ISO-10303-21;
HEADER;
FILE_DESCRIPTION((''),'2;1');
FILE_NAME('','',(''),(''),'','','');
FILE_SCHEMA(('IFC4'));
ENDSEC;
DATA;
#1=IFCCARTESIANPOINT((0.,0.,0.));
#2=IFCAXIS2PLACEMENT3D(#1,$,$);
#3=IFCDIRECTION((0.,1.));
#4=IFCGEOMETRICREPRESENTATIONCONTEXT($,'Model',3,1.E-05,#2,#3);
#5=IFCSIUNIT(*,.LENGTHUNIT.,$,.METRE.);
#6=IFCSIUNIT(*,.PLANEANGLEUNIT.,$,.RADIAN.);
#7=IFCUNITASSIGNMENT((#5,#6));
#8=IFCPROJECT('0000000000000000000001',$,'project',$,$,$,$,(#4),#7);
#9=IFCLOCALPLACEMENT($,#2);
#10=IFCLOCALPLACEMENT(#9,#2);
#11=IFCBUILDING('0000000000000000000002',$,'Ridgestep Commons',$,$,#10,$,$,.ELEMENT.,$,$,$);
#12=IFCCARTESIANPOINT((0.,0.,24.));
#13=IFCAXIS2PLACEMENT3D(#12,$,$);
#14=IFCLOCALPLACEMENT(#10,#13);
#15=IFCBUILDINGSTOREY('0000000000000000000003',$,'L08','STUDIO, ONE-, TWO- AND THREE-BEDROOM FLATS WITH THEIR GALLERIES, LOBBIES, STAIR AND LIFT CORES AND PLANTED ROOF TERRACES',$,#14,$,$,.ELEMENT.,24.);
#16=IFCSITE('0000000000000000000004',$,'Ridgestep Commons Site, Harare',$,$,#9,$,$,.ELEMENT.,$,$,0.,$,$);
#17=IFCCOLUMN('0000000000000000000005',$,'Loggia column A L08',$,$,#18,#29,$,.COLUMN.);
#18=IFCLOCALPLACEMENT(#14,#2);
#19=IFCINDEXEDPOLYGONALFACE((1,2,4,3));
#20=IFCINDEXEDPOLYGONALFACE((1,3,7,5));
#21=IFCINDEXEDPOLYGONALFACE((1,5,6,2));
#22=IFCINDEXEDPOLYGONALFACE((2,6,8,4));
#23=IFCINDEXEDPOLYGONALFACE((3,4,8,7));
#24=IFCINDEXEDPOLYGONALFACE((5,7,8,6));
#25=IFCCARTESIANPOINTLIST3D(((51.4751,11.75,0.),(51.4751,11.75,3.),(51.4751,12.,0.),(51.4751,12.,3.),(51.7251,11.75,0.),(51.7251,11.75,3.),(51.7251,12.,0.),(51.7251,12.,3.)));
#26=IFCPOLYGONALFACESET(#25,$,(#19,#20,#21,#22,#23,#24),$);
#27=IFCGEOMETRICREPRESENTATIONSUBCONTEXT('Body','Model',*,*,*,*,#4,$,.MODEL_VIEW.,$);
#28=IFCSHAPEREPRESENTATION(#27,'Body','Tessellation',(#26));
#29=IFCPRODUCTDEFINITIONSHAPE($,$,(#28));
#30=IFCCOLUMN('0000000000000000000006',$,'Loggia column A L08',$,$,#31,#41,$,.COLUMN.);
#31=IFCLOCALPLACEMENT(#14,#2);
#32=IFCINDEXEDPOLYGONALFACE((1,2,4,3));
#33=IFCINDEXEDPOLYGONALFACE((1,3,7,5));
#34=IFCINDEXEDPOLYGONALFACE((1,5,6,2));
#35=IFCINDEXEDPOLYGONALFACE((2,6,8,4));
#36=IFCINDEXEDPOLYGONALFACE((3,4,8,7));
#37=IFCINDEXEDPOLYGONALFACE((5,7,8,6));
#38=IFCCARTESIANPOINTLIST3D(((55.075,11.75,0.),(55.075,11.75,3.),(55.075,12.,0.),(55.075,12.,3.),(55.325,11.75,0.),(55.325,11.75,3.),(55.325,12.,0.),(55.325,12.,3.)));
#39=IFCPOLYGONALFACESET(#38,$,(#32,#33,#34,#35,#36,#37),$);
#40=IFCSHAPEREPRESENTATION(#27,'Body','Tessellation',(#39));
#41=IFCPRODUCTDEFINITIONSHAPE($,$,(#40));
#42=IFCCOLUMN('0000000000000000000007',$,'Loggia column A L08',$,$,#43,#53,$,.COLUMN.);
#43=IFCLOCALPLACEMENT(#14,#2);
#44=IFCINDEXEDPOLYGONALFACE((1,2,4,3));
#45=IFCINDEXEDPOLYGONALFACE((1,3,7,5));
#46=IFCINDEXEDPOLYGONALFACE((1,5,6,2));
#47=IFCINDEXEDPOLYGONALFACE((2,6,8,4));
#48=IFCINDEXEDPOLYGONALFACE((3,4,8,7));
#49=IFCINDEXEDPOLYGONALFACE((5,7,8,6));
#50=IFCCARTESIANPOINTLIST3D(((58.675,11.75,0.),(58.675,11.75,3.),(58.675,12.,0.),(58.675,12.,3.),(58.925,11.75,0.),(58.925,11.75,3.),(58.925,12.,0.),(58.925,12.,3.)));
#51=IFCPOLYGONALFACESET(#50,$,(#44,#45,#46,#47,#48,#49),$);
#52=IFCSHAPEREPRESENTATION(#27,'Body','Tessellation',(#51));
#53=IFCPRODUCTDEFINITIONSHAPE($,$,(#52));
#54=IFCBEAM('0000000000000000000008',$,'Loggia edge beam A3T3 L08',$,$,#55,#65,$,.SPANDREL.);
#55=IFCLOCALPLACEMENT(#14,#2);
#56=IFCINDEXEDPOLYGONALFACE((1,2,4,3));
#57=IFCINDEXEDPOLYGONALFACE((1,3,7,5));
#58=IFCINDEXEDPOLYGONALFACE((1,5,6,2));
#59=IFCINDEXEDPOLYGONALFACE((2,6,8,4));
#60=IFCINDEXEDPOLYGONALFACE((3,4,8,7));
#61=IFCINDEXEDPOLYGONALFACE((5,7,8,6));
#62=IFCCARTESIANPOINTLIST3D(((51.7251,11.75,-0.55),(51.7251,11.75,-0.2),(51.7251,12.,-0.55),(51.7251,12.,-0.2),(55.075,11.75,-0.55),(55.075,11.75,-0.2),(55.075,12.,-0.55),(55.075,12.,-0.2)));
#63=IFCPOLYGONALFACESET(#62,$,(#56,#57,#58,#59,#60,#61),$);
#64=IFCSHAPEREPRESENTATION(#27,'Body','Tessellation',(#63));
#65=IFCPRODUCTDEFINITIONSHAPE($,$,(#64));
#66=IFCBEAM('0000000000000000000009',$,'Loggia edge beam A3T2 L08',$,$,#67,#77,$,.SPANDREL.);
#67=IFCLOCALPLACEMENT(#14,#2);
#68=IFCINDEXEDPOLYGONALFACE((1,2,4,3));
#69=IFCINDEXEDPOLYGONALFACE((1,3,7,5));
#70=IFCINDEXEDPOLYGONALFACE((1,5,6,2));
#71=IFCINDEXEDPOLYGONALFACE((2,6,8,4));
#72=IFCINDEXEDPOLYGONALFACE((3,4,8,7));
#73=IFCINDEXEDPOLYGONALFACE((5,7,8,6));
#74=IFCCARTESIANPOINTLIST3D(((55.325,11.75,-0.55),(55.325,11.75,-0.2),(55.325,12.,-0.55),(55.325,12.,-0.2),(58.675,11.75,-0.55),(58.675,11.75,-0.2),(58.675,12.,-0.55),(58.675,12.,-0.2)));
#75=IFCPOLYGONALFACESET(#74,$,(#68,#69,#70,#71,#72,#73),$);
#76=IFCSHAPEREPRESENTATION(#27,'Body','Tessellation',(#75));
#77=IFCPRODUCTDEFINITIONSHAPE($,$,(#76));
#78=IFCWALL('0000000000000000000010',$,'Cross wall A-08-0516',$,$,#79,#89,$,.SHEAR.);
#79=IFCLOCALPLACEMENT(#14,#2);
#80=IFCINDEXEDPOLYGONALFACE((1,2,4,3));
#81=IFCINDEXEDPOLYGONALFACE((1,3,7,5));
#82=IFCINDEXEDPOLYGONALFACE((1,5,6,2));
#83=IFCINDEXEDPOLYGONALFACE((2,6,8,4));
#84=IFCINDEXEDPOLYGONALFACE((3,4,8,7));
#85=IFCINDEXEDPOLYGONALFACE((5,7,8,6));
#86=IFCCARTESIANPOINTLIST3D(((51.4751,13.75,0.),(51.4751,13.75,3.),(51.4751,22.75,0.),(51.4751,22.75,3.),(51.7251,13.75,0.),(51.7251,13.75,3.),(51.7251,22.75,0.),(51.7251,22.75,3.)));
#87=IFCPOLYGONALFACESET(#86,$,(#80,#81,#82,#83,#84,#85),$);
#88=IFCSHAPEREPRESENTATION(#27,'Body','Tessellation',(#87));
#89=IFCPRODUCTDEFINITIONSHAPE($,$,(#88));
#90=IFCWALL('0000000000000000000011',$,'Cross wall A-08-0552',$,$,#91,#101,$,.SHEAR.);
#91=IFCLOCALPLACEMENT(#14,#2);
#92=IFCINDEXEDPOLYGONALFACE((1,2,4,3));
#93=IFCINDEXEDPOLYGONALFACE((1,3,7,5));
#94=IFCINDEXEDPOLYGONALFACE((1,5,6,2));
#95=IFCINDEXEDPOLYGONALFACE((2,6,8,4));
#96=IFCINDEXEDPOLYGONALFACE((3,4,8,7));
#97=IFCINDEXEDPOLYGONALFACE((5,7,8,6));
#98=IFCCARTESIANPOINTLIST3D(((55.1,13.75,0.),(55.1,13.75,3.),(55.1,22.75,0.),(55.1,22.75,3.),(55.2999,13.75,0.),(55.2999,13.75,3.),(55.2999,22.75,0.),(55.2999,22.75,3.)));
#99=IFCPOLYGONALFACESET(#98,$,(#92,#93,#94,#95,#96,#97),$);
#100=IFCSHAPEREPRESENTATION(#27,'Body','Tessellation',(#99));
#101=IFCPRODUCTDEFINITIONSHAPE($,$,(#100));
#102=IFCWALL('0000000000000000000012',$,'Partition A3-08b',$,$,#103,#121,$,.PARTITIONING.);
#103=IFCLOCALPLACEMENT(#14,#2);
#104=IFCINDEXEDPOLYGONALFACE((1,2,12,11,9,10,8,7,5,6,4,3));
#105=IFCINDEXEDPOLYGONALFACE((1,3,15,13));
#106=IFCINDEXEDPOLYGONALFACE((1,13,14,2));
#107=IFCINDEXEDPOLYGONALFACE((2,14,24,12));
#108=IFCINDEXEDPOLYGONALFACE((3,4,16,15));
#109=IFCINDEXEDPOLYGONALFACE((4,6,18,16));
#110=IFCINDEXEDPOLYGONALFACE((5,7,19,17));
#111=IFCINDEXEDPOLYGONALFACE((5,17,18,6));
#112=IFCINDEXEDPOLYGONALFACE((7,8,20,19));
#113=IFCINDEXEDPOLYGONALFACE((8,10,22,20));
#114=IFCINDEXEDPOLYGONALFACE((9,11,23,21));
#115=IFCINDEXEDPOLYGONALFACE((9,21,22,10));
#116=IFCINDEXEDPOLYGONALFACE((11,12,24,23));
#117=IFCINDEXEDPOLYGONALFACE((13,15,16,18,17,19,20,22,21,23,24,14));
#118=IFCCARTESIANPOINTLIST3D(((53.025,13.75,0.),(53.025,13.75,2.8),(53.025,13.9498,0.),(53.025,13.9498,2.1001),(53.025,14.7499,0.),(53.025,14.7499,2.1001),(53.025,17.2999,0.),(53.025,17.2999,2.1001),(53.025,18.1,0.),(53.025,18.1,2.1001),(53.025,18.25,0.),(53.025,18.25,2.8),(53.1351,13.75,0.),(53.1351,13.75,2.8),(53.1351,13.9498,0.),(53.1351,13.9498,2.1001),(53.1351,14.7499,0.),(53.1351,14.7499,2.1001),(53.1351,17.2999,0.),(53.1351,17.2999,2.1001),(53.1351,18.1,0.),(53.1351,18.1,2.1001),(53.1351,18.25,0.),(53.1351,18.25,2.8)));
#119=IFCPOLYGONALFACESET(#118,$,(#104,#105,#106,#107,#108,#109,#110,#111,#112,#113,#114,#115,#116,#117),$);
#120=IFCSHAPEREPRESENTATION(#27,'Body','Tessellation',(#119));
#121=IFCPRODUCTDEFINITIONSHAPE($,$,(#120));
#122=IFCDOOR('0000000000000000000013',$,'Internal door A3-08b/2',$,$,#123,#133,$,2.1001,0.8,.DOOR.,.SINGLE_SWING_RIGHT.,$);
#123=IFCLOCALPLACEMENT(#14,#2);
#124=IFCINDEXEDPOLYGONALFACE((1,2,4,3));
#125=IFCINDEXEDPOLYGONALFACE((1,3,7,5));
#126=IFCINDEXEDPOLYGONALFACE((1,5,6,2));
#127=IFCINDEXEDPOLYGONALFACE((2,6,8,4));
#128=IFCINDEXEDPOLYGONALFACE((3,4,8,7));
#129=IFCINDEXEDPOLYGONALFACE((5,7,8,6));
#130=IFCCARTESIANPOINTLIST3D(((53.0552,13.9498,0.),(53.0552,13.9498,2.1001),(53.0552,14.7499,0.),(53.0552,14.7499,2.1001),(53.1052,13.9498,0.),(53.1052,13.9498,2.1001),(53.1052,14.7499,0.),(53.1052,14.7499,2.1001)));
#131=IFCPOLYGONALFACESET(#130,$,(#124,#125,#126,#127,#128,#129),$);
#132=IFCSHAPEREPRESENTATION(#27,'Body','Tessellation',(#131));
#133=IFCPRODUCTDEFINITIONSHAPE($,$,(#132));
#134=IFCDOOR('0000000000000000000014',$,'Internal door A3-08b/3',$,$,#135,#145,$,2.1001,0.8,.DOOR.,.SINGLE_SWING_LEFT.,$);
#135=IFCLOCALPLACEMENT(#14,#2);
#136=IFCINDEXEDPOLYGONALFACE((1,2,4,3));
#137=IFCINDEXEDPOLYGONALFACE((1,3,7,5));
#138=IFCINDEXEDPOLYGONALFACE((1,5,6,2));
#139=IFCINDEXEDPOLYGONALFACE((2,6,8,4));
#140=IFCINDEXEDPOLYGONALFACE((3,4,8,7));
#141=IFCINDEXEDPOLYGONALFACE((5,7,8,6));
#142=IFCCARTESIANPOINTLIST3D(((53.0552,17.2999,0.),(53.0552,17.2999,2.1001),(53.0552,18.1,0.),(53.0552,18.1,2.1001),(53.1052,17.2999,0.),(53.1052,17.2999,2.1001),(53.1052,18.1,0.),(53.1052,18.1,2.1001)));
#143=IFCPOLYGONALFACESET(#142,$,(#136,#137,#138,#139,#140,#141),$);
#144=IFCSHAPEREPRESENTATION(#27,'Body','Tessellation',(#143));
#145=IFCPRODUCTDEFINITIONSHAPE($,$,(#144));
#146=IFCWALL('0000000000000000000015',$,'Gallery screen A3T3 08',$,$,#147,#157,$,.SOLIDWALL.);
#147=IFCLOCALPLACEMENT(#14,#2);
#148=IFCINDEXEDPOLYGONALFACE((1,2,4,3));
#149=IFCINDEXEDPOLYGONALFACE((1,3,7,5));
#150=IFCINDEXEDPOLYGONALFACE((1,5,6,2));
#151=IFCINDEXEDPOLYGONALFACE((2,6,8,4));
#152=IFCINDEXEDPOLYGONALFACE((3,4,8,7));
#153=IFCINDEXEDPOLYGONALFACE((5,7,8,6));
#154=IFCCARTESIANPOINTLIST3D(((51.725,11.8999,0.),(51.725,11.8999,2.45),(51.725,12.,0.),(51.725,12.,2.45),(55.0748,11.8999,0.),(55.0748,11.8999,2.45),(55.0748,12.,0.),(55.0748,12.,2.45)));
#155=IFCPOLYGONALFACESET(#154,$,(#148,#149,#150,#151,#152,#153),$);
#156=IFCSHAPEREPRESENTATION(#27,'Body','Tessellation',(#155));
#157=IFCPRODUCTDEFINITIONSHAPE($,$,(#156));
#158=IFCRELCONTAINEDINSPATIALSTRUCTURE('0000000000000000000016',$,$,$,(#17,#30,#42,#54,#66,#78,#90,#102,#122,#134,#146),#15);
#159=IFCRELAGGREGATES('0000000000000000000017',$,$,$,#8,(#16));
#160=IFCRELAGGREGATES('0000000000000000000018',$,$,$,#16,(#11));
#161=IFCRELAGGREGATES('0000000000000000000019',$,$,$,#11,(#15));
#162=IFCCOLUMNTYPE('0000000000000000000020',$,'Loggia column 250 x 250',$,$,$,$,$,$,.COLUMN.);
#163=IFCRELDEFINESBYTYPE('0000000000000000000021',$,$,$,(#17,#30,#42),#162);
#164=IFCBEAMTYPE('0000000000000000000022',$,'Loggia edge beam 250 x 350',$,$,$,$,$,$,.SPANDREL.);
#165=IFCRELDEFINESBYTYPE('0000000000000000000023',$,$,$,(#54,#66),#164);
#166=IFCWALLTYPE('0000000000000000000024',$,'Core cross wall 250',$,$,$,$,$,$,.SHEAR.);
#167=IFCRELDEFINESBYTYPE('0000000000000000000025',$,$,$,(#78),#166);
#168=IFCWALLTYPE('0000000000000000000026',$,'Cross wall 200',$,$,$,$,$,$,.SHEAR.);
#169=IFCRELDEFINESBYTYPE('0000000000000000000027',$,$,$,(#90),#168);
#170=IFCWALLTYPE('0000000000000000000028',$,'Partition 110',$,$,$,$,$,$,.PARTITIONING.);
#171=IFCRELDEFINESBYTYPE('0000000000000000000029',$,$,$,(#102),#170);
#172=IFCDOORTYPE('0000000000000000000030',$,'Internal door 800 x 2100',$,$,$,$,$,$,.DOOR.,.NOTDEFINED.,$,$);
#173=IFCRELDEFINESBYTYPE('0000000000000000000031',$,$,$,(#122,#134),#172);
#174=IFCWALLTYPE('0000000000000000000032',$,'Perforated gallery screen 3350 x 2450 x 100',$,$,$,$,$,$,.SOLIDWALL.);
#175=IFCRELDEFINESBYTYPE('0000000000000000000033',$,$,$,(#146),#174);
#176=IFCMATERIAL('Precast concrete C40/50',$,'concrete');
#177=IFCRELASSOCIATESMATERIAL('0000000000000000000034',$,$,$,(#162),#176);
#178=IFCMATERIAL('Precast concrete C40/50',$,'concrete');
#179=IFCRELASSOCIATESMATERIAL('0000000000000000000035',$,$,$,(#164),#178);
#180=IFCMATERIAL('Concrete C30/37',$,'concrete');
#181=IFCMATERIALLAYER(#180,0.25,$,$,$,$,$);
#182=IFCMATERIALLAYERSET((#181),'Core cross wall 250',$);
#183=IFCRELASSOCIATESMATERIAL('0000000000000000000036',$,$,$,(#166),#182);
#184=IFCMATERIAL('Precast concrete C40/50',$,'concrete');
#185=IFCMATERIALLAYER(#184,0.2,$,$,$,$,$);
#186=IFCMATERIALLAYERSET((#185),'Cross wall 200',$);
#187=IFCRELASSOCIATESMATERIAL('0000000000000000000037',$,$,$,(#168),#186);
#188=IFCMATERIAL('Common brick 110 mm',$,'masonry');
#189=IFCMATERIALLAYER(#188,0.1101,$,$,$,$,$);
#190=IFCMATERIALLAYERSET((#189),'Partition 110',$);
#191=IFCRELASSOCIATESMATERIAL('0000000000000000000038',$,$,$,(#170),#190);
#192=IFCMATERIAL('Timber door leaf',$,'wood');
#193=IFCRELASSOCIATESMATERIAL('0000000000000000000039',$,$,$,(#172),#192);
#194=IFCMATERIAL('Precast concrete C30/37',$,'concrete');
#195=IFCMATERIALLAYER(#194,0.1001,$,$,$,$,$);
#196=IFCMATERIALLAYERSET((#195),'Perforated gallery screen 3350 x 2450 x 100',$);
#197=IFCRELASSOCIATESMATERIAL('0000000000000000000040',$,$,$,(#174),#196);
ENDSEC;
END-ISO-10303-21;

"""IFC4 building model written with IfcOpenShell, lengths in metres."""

from ifc_helpers import new_model, si_unit, direction, frame, frame_2d, origin, origin_2d, place, context, subcontext, project, spatial, rectangle, extrude, material, layer, layer_set, material_profile, profile_set, type_object, element, fill, save


model = new_model("IFC4")

# Units and contexts
model_context = context("Model", 3, precision=1e-05, world=origin(), true_north=direction((0.0, 1.0)))
body_context = subcontext(model_context, "Body", "Model", "MODEL_VIEW")
ifc_project = project(units=[si_unit("LENGTHUNIT", "METRE"), si_unit("PLANEANGLEUNIT", "RADIAN")], contexts=[model_context])

# Site, building, storey
site_placement = place(None, origin())
site = spatial("IfcSite", under=ifc_project, at=site_placement, Name="Ridgestep Commons Site, Harare", CompositionType="ELEMENT", RefElevation=0.0)
building_placement = place(site_placement, origin())
building = spatial("IfcBuilding", under=site, at=building_placement, Name="Ridgestep Commons", CompositionType="ELEMENT")
storey_placement = place(building_placement, frame((0.0, 0.0, 24.0)))
storey = spatial("IfcBuildingStorey", under=building, at=storey_placement, Name="L08", Description="STUDIO, ONE-, TWO- AND THREE-BEDROOM FLATS WITH THEIR GALLERIES, LOBBIES, STAIR AND LIFT CORES AND PLANTED ROOF TERRACES", CompositionType="ELEMENT", Elevation=24.0)

# Columns
ifc_material_1 = material(Name="Precast concrete C40/50", Category="concrete")
ifc_material_profile_1 = material_profile(ifc_material_1, rectangle(XDim=0.25, YDim=0.25, at=origin_2d()), Name="PC 250x250")
ifc_profile_set_1 = profile_set([ifc_material_profile_1], Name="Precast concrete C40/50")
column_type = type_object("IfcColumnType", Name="Loggia column 250 x 250", PredefinedType="COLUMN", material=ifc_profile_set_1)
for number, where, z_axis, x_axis, name in (
    (1, (51.6001, 11.875, 0.0), (0.0, 0.0, 1.0), (1.0, 0.0, 0.0), "Loggia column A L08"),
    (2, (55.2, 11.875, 0.0), (0.0, 0.0, 1.0), (1.0, 0.0, 0.0), "Loggia column A L08"),
    (3, (58.8, 11.875, 0.0), (0.0, 0.0, 1.0), (1.0, 0.0, 0.0), "Loggia column A L08"),
):
    element("IfcColumn", number, at=place(storey_placement, frame(where, z_axis=z_axis, x_axis=x_axis)), inside=storey, type_object=column_type, Name=name, PredefinedType="COLUMN", context=body_context, shape_type="SweptSolid", body=[
        extrude(rectangle(XDim=0.25, YDim=0.25, at=origin_2d()), origin(), (0.0, 0.0, 1.0), 3.0),
    ])

# Beams
ifc_material_2 = material(Name="Precast concrete C40/50", Category="concrete")
ifc_material_profile_2 = material_profile(ifc_material_2, rectangle(XDim=0.25, YDim=0.3501, at=origin_2d()), Name="PC 250x350")
ifc_profile_set_2 = profile_set([ifc_material_profile_2], Name="Precast concrete C40/50")
beam_type = type_object("IfcBeamType", Name="Loggia edge beam 250 x 350", PredefinedType="SPANDREL", material=ifc_profile_set_2)
beam_1_placement = place(storey_placement, frame((51.7251, 11.875, -0.375), z_axis=(1.0, 0.0, 0.0), x_axis=(0.0, 1.0, 0.0)))
element("IfcBeam", 4, at=beam_1_placement, inside=storey, type_object=beam_type, Name="Loggia edge beam A3T3 L08", PredefinedType="SPANDREL", context=body_context, shape_type="SweptSolid", body=[
    extrude(rectangle(XDim=0.25, YDim=0.3501, at=origin_2d()), origin(), (0.0, 0.0, 1.0), 3.3499),
])
beam_2_placement = place(storey_placement, frame((55.325, 11.875, -0.375), z_axis=(1.0, 0.0, 0.0), x_axis=(0.0, 1.0, 0.0)))
element("IfcBeam", 5, at=beam_2_placement, inside=storey, type_object=beam_type, Name="Loggia edge beam A3T2 L08", PredefinedType="SPANDREL", context=body_context, shape_type="SweptSolid", body=[
    extrude(rectangle(XDim=0.25, YDim=0.3501, at=origin_2d()), origin(), (0.0, 0.0, 1.0), 3.3501),
])

# Walls
ifc_material_3 = material(Name="Concrete C30/37", Category="concrete")
ifc_layer_1 = layer(ifc_material_3, 0.25)
ifc_layer_set_1 = layer_set([ifc_layer_1], Name="Core cross wall 250")
wall_type_1 = type_object("IfcWallType", Name="Core cross wall 250", PredefinedType="SHEAR", material=ifc_layer_set_1)
wall_1_placement = place(storey_placement, frame((51.6001, 13.75, 0.0), z_axis=(0.0, 0.0, 1.0), x_axis=(0.0, 1.0, 0.0)))
element("IfcWall", 6, at=wall_1_placement, inside=storey, type_object=wall_type_1, Name="Cross wall A-08-0516", PredefinedType="SHEAR", context=body_context, shape_type="SweptSolid", body=[
    extrude(rectangle(XDim=9.0, YDim=0.25, at=frame_2d((4.5, 0.0))), origin(), (0.0, 0.0, 1.0), 3.0),
])
ifc_material_4 = material(Name="Precast concrete C40/50", Category="concrete")
ifc_layer_2 = layer(ifc_material_4, 0.2)
ifc_layer_set_2 = layer_set([ifc_layer_2], Name="Cross wall 200")
wall_type_2 = type_object("IfcWallType", Name="Cross wall 200", PredefinedType="SHEAR", material=ifc_layer_set_2)
wall_2_placement = place(storey_placement, frame((55.2, 13.75, 0.0), z_axis=(0.0, 0.0, 1.0), x_axis=(0.0, 1.0, 0.0)))
element("IfcWall", 7, at=wall_2_placement, inside=storey, type_object=wall_type_2, Name="Cross wall A-08-0552", PredefinedType="SHEAR", context=body_context, shape_type="SweptSolid", body=[
    extrude(rectangle(XDim=9.0, YDim=0.2, at=frame_2d((4.5, 0.0))), origin(), (0.0, 0.0, 1.0), 3.0),
])

# Wall, openings, doors
ifc_material_5 = material(Name="Common brick 110 mm", Category="masonry")
ifc_layer_3 = layer(ifc_material_5, 0.1101)
ifc_layer_set_3 = layer_set([ifc_layer_3], Name="Partition 110")
wall_type_3 = type_object("IfcWallType", Name="Partition 110", PredefinedType="PARTITIONING", material=ifc_layer_set_3)
wall_3_placement = place(storey_placement, frame((53.0801, 13.75, 0.0), z_axis=(0.0, 0.0, 1.0), x_axis=(0.0, 1.0, 0.0)))
wall_3 = element("IfcWall", 8, at=wall_3_placement, inside=storey, type_object=wall_type_3, Name="Partition A3-08b", PredefinedType="PARTITIONING", context=body_context, shape_type="SweptSolid", body=[
    extrude(rectangle(XDim=4.5, YDim=0.1101, at=frame_2d((2.25, 0.0))), origin(), (0.0, 0.0, 1.0), 2.8),
])
opening_1_placement = place(wall_3_placement, frame((0.2, 0.0, 0.0)))
opening_1 = element("IfcOpeningElement", 9, at=opening_1_placement, cuts=wall_3, PredefinedType="OPENING", context=body_context, shape_type="SweptSolid", body=[
    extrude(rectangle(XDim=0.8, YDim=2.1001, at=frame_2d((0.3999, 1.05))), frame((0.0, 0.0649, 0.0), z_axis=(0.0, -1.0, 0.0), x_axis=(1.0, 0.0, 0.0)), (0.0, 0.0, 1.0), 0.1301),
])
opening_2_placement = place(wall_3_placement, frame((3.55, 0.0, 0.0)))
opening_2 = element("IfcOpeningElement", 10, at=opening_2_placement, cuts=wall_3, PredefinedType="OPENING", context=body_context, shape_type="SweptSolid", body=[
    extrude(rectangle(XDim=0.8, YDim=2.1001, at=frame_2d((0.3999, 1.05))), frame((0.0, 0.0649, 0.0), z_axis=(0.0, -1.0, 0.0), x_axis=(1.0, 0.0, 0.0)), (0.0, 0.0, 1.0), 0.1301),
])
ifc_material_6 = material(Name="Timber door leaf", Category="wood")
door_type_1 = type_object("IfcDoorType", Name="Internal door 800 x 2100", OperationType="NOTDEFINED", PredefinedType="DOOR", material=ifc_material_6)
door_1_placement = place(opening_1_placement, origin())
door_1 = element("IfcDoor", 11, at=door_1_placement, inside=storey, type_object=door_type_1, Name="Internal door A3-08b/2", OperationType="SINGLE_SWING_RIGHT", OverallHeight=2.1001, OverallWidth=0.8, PredefinedType="DOOR", context=body_context, shape_type="SweptSolid", body=[
    extrude(rectangle(XDim=0.8, YDim=2.1001, at=frame_2d((0.3999, 1.05))), frame((0.0, 0.0249, 0.0), z_axis=(0.0, -1.0, 0.0), x_axis=(1.0, 0.0, 0.0)), (0.0, 0.0, 1.0), 0.05),
])
fill(opening_1, door_1)
door_2_placement = place(opening_2_placement, origin())
door_2 = element("IfcDoor", 12, at=door_2_placement, inside=storey, type_object=door_type_1, Name="Internal door A3-08b/3", OperationType="SINGLE_SWING_LEFT", OverallHeight=2.1001, OverallWidth=0.8, PredefinedType="DOOR", context=body_context, shape_type="SweptSolid", body=[
    extrude(rectangle(XDim=0.8, YDim=2.1001, at=frame_2d((0.3999, 1.05))), frame((0.0, 0.0249, 0.0), z_axis=(0.0, -1.0, 0.0), x_axis=(1.0, 0.0, 0.0)), (0.0, 0.0, 1.0), 0.05),
])
fill(opening_2, door_2)

# Wall
ifc_material_7 = material(Name="Precast concrete C30/37", Category="concrete")
ifc_layer_4 = layer(ifc_material_7, 0.1001)
ifc_layer_set_4 = layer_set([ifc_layer_4], Name="Perforated gallery screen 3350 x 2450 x 100")
wall_type_4 = type_object("IfcWallType", Name="Perforated gallery screen 3350 x 2450 x 100", PredefinedType="SOLIDWALL", material=ifc_layer_set_4)
wall_4_placement = place(storey_placement, frame((51.7251, 11.95, 0.0), z_axis=(0.0, 0.0, 1.0), x_axis=(1.0, 0.0, 0.0)))
element("IfcWall", 13, at=wall_4_placement, inside=storey, type_object=wall_type_4, Name="Gallery screen A3T3 08", PredefinedType="SOLIDWALL", context=body_context, shape_type="SweptSolid", body=[
    extrude(rectangle(XDim=3.3499, YDim=0.1001, at=frame_2d((1.6748, 0.0))), origin(), (0.0, 0.0, 1.0), 2.45),
])

save(model, "model.ifc")
